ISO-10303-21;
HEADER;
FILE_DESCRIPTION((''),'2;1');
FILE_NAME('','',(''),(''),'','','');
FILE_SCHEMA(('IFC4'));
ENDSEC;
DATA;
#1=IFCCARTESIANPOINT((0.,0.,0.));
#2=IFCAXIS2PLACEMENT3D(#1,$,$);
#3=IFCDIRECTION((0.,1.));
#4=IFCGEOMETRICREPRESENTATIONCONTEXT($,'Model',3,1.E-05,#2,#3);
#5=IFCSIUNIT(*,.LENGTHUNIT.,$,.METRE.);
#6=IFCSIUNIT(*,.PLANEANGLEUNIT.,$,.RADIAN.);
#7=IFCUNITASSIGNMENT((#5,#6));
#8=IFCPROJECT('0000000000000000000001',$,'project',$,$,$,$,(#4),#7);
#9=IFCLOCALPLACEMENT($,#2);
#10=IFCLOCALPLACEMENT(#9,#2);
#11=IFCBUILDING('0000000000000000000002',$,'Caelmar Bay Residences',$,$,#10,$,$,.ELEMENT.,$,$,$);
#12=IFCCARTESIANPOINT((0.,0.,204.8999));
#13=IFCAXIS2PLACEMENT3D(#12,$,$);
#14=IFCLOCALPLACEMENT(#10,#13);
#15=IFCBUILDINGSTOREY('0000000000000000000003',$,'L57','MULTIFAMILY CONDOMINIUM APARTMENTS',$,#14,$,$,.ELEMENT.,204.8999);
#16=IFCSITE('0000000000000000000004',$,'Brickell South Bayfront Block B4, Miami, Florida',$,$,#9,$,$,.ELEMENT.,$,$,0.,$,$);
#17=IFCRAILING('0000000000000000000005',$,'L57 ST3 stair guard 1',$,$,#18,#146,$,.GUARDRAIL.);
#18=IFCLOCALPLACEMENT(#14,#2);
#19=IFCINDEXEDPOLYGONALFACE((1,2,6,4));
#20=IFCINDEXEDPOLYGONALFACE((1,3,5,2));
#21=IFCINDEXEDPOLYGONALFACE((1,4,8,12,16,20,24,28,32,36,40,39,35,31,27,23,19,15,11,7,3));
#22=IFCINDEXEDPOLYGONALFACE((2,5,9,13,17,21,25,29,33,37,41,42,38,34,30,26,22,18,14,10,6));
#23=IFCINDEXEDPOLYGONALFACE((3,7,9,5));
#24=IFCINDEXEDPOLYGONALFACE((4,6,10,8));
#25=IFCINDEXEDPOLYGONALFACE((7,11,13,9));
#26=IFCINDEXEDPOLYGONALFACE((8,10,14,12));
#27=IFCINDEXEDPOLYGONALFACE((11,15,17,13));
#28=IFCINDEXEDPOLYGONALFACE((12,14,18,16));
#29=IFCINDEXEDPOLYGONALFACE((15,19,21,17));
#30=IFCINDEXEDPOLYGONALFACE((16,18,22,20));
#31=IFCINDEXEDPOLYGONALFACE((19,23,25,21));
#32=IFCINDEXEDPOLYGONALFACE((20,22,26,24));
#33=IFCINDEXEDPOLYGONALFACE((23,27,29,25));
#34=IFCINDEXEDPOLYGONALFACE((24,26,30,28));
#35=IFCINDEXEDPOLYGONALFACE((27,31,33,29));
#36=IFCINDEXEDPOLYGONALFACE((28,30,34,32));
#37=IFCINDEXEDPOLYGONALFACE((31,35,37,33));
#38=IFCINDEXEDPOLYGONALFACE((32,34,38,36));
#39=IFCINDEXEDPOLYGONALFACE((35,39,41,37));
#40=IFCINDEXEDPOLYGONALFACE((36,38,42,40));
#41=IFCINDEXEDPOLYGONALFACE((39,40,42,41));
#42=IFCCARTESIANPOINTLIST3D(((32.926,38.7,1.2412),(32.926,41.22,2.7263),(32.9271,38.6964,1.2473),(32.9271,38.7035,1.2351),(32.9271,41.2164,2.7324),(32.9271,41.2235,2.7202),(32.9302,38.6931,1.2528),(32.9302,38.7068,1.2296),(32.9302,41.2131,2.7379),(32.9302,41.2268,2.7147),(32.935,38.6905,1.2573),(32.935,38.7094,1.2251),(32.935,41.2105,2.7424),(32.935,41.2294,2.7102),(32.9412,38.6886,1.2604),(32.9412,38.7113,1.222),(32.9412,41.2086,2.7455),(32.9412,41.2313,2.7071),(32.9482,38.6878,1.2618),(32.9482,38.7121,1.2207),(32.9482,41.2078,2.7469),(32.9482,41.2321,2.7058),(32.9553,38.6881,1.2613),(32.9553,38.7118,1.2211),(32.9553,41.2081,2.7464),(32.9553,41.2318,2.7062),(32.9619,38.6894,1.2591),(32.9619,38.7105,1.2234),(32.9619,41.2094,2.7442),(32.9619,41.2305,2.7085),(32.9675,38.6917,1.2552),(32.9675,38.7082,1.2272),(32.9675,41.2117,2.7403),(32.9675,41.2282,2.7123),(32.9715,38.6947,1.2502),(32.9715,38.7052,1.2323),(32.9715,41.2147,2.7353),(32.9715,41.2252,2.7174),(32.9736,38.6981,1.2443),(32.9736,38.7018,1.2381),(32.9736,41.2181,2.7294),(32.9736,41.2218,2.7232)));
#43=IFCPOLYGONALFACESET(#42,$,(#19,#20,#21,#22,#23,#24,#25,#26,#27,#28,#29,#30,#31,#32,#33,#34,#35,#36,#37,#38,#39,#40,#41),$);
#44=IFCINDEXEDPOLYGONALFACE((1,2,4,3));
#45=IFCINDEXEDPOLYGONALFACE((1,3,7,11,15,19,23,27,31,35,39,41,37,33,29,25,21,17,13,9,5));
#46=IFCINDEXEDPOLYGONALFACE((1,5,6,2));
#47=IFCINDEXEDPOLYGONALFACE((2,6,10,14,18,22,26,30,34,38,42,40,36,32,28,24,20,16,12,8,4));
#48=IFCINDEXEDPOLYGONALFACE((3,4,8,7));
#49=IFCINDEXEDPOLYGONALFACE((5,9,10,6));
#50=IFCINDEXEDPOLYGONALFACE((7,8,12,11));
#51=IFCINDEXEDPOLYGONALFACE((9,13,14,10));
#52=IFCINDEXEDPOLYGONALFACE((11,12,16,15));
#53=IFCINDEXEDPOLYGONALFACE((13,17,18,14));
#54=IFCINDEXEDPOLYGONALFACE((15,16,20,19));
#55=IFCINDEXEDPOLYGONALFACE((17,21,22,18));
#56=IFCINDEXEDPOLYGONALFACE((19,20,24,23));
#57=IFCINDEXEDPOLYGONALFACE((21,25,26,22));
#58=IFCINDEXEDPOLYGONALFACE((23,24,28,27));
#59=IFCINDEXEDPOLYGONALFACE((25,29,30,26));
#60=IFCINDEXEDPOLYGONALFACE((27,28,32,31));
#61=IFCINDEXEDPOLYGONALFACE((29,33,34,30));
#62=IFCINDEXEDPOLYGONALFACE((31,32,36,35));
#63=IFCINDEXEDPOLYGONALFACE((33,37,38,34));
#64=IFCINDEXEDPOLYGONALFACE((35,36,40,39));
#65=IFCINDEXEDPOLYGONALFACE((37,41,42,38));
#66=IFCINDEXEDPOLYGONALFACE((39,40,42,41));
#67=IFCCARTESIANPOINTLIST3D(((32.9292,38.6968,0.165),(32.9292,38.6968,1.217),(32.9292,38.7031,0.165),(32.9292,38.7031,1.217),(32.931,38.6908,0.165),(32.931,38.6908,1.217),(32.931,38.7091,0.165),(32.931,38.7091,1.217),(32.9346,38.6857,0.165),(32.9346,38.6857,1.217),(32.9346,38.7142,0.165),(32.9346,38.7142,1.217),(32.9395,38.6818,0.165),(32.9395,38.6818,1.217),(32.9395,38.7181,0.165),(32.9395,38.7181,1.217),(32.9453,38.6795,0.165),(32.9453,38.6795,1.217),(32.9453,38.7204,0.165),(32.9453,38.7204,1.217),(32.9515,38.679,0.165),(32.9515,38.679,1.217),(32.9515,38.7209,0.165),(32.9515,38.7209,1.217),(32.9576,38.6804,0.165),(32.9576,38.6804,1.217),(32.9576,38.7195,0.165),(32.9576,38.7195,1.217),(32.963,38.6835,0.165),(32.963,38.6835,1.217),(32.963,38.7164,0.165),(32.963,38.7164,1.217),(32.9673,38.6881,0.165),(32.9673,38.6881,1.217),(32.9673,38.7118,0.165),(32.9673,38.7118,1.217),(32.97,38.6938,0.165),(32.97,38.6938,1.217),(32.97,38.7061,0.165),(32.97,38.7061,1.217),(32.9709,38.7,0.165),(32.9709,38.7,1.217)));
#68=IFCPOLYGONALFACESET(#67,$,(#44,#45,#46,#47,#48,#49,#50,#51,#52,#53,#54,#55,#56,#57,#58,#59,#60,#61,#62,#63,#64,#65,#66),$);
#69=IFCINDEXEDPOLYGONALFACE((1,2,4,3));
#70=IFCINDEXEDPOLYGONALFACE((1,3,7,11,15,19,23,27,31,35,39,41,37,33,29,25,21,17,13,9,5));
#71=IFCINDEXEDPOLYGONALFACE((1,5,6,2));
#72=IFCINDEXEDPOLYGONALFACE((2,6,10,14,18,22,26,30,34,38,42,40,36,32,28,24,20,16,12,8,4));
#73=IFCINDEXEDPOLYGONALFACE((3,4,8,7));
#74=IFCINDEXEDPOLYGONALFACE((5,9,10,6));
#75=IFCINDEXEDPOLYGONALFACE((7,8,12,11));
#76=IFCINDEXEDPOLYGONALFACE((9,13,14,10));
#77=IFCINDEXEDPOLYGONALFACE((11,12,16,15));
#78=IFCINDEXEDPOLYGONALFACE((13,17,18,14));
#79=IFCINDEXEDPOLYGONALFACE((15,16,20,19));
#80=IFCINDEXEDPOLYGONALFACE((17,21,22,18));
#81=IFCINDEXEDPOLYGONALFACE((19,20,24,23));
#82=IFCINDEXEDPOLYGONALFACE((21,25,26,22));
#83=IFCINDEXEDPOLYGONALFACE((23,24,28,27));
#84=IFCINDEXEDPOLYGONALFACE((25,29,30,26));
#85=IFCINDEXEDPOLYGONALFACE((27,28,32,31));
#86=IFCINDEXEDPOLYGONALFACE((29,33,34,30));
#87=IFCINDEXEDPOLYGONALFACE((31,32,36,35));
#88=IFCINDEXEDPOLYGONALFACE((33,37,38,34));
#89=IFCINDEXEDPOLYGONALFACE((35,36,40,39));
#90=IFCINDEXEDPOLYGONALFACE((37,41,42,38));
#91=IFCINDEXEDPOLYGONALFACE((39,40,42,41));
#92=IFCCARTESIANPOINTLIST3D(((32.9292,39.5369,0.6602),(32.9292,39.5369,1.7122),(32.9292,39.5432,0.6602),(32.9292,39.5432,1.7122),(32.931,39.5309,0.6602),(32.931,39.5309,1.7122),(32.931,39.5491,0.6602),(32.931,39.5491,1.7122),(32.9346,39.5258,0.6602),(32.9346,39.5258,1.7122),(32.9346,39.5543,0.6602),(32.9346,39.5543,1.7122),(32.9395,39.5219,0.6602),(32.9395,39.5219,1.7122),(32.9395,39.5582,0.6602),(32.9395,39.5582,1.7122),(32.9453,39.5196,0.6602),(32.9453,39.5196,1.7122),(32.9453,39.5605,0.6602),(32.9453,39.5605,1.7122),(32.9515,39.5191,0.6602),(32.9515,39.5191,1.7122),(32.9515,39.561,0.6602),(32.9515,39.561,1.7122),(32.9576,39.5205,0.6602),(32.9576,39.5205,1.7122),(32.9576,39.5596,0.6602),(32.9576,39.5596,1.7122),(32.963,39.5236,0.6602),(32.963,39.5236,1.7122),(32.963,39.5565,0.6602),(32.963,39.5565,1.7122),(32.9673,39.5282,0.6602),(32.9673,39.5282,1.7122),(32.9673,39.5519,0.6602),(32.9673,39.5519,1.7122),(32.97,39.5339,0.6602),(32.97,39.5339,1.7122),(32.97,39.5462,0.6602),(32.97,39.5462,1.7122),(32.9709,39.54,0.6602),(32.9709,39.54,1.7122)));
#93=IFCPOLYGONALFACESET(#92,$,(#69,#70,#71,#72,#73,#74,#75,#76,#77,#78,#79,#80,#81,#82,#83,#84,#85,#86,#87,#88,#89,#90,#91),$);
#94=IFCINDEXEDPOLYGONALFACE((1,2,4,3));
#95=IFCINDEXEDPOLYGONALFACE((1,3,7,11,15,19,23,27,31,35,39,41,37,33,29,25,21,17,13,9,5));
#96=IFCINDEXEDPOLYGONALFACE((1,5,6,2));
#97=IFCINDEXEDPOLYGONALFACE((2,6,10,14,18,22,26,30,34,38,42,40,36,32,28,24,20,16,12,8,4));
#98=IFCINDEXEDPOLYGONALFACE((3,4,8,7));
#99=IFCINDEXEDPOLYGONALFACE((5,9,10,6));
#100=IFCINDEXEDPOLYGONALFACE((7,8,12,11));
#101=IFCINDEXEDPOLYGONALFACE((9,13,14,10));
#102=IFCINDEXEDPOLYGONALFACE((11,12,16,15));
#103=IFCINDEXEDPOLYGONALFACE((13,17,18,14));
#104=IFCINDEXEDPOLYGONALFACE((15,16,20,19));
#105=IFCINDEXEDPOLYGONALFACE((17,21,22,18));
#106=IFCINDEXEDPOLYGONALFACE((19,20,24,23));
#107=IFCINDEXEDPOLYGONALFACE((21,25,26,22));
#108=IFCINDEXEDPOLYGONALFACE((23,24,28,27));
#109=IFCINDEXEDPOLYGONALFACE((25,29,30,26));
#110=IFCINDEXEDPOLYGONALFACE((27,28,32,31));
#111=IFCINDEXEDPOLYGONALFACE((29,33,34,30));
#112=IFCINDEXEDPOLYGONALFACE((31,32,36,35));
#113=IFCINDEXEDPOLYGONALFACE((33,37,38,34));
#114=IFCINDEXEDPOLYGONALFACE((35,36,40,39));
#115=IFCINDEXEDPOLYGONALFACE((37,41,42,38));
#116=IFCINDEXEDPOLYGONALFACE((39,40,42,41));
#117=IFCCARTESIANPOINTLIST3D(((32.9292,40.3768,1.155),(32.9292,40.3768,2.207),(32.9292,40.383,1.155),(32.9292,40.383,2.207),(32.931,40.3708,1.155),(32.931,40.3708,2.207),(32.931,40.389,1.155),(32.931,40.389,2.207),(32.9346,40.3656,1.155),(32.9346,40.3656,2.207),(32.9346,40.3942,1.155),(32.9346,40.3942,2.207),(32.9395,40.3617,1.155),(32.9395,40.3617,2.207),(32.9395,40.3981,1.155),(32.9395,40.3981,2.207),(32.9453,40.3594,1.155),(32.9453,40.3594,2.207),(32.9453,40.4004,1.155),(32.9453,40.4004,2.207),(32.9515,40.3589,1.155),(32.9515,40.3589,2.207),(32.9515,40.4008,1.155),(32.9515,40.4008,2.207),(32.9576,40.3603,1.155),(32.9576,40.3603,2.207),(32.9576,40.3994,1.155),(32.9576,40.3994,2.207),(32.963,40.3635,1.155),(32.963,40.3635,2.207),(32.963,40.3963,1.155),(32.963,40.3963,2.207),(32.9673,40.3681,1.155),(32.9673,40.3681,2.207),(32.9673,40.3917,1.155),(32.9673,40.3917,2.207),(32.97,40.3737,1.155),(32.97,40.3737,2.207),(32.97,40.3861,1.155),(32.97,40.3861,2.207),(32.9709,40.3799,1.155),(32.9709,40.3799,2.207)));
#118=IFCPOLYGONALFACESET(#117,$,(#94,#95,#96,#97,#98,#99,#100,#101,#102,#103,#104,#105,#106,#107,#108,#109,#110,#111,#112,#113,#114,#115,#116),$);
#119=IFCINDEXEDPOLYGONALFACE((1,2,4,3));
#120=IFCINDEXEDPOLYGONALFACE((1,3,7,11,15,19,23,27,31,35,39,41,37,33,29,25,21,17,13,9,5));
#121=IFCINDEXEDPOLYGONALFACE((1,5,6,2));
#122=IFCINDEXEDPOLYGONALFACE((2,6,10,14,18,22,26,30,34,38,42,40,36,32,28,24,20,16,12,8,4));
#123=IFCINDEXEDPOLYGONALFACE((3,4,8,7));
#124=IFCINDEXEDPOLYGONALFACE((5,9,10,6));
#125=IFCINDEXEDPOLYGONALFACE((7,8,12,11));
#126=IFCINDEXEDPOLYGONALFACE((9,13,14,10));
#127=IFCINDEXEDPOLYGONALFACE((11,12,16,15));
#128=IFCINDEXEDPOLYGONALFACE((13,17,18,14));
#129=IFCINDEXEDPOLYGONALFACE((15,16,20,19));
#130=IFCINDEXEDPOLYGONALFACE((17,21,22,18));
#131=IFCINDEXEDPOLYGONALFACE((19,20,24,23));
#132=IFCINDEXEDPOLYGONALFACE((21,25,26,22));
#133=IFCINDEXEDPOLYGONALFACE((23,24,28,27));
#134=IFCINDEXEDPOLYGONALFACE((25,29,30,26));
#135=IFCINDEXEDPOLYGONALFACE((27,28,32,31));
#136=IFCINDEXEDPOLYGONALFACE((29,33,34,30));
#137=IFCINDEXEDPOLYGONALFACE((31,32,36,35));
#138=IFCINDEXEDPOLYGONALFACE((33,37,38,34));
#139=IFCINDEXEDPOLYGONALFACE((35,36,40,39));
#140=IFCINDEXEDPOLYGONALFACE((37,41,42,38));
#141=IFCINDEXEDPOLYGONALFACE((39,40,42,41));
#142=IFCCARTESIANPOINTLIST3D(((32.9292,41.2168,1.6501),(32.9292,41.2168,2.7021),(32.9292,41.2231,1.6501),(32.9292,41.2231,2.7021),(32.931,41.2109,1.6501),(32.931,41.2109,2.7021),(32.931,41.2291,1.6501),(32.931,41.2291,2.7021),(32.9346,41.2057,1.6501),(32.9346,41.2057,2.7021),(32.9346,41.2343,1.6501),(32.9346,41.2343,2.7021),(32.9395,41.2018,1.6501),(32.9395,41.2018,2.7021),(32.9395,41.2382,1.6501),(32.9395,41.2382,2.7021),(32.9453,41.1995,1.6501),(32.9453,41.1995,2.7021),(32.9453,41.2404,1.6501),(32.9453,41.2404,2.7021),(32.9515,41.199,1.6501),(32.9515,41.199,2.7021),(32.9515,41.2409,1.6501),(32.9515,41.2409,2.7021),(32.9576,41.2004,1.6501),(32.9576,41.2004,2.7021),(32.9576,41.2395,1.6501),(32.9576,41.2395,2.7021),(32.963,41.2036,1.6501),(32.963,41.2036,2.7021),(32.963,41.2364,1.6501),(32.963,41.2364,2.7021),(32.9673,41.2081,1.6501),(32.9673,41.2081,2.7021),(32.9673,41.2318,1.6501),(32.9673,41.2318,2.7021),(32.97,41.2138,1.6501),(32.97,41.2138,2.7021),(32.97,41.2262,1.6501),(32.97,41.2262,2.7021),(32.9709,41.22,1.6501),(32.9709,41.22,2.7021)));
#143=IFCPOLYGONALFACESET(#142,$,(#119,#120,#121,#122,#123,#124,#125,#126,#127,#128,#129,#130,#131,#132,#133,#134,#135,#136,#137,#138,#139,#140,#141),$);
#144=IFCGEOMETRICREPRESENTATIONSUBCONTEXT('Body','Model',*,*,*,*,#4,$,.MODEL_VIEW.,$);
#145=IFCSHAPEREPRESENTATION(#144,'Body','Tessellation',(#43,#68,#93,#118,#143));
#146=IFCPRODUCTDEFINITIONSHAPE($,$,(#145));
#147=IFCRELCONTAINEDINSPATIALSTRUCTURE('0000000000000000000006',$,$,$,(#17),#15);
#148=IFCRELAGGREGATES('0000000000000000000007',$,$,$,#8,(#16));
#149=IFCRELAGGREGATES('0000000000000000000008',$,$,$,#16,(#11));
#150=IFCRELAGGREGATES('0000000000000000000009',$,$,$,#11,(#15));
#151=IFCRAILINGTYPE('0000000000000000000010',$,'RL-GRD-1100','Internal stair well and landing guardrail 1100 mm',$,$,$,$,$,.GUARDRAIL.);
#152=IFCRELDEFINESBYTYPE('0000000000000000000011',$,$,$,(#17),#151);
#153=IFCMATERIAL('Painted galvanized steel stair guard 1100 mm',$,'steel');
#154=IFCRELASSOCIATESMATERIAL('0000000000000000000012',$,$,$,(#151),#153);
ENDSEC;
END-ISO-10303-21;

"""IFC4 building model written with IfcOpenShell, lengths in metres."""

from ifc_helpers import new_model, si_unit, direction, frame, origin, origin_2d, place, context, subcontext, project, spatial, circle, extrude, material, type_object, element, save


model = new_model("IFC4")

# Units and contexts
model_context = context("Model", 3, precision=1e-05, world=origin(), true_north=direction((0.0, 1.0)))
body_context = subcontext(model_context, "Body", "Model", "MODEL_VIEW")
ifc_project = project(units=[si_unit("LENGTHUNIT", "METRE"), si_unit("PLANEANGLEUNIT", "RADIAN")], contexts=[model_context])

# Site, building, storey
site_placement = place(None, origin())
site = spatial("IfcSite", under=ifc_project, at=site_placement, Name="Brickell South Bayfront Block B4, Miami, Florida", CompositionType="ELEMENT", RefElevation=0.0)
building_placement = place(site_placement, origin())
building = spatial("IfcBuilding", under=site, at=building_placement, Name="Caelmar Bay Residences", CompositionType="ELEMENT")
storey_placement = place(building_placement, frame((0.0, 0.0, 204.8999)))
storey = spatial("IfcBuildingStorey", under=building, at=storey_placement, Name="L57", Description="MULTIFAMILY CONDOMINIUM APARTMENTS", CompositionType="ELEMENT", Elevation=204.8999)

# Railing
ifc_material_1 = material(Name="Painted galvanized steel stair guard 1100 mm", Category="steel")
railing_type_1 = type_object("IfcRailingType", Name="RL-GRD-1100", Description="Internal stair well and landing guardrail 1100 mm", PredefinedType="GUARDRAIL", material=ifc_material_1)
railing_1_placement = place(storey_placement, frame((32.95, 38.7, 0.165)))
element("IfcRailing", 1, at=railing_1_placement, inside=storey, type_object=railing_type_1, Name="L57 ST3 stair guard 1", PredefinedType="GUARDRAIL", context=body_context, shape_type="SweptSolid", body=[
    extrude(circle(Radius=0.0239, at=origin_2d()), frame((0.0, 0.0, 1.0762), z_axis=(0.0, 0.861524, 0.507717), x_axis=(-1.0, 0.0, 0.0)), (0.0, 0.0, 1.0), 2.925),
    extrude(circle(Radius=0.021, at=origin_2d()), origin(), (0.0, 0.0, 1.0), 1.052),
    extrude(circle(Radius=0.021, at=origin_2d()), frame((0.0, 0.8401, 0.4951)), (0.0, 0.0, 1.0), 1.052),
    extrude(circle(Radius=0.021, at=origin_2d()), frame((0.0, 1.6799, 0.99)), (0.0, 0.0, 1.0), 1.052),
    extrude(circle(Radius=0.021, at=origin_2d()), frame((0.0, 2.52, 1.4851)), (0.0, 0.0, 1.0), 1.052),
])

save(model, "model.ifc")
